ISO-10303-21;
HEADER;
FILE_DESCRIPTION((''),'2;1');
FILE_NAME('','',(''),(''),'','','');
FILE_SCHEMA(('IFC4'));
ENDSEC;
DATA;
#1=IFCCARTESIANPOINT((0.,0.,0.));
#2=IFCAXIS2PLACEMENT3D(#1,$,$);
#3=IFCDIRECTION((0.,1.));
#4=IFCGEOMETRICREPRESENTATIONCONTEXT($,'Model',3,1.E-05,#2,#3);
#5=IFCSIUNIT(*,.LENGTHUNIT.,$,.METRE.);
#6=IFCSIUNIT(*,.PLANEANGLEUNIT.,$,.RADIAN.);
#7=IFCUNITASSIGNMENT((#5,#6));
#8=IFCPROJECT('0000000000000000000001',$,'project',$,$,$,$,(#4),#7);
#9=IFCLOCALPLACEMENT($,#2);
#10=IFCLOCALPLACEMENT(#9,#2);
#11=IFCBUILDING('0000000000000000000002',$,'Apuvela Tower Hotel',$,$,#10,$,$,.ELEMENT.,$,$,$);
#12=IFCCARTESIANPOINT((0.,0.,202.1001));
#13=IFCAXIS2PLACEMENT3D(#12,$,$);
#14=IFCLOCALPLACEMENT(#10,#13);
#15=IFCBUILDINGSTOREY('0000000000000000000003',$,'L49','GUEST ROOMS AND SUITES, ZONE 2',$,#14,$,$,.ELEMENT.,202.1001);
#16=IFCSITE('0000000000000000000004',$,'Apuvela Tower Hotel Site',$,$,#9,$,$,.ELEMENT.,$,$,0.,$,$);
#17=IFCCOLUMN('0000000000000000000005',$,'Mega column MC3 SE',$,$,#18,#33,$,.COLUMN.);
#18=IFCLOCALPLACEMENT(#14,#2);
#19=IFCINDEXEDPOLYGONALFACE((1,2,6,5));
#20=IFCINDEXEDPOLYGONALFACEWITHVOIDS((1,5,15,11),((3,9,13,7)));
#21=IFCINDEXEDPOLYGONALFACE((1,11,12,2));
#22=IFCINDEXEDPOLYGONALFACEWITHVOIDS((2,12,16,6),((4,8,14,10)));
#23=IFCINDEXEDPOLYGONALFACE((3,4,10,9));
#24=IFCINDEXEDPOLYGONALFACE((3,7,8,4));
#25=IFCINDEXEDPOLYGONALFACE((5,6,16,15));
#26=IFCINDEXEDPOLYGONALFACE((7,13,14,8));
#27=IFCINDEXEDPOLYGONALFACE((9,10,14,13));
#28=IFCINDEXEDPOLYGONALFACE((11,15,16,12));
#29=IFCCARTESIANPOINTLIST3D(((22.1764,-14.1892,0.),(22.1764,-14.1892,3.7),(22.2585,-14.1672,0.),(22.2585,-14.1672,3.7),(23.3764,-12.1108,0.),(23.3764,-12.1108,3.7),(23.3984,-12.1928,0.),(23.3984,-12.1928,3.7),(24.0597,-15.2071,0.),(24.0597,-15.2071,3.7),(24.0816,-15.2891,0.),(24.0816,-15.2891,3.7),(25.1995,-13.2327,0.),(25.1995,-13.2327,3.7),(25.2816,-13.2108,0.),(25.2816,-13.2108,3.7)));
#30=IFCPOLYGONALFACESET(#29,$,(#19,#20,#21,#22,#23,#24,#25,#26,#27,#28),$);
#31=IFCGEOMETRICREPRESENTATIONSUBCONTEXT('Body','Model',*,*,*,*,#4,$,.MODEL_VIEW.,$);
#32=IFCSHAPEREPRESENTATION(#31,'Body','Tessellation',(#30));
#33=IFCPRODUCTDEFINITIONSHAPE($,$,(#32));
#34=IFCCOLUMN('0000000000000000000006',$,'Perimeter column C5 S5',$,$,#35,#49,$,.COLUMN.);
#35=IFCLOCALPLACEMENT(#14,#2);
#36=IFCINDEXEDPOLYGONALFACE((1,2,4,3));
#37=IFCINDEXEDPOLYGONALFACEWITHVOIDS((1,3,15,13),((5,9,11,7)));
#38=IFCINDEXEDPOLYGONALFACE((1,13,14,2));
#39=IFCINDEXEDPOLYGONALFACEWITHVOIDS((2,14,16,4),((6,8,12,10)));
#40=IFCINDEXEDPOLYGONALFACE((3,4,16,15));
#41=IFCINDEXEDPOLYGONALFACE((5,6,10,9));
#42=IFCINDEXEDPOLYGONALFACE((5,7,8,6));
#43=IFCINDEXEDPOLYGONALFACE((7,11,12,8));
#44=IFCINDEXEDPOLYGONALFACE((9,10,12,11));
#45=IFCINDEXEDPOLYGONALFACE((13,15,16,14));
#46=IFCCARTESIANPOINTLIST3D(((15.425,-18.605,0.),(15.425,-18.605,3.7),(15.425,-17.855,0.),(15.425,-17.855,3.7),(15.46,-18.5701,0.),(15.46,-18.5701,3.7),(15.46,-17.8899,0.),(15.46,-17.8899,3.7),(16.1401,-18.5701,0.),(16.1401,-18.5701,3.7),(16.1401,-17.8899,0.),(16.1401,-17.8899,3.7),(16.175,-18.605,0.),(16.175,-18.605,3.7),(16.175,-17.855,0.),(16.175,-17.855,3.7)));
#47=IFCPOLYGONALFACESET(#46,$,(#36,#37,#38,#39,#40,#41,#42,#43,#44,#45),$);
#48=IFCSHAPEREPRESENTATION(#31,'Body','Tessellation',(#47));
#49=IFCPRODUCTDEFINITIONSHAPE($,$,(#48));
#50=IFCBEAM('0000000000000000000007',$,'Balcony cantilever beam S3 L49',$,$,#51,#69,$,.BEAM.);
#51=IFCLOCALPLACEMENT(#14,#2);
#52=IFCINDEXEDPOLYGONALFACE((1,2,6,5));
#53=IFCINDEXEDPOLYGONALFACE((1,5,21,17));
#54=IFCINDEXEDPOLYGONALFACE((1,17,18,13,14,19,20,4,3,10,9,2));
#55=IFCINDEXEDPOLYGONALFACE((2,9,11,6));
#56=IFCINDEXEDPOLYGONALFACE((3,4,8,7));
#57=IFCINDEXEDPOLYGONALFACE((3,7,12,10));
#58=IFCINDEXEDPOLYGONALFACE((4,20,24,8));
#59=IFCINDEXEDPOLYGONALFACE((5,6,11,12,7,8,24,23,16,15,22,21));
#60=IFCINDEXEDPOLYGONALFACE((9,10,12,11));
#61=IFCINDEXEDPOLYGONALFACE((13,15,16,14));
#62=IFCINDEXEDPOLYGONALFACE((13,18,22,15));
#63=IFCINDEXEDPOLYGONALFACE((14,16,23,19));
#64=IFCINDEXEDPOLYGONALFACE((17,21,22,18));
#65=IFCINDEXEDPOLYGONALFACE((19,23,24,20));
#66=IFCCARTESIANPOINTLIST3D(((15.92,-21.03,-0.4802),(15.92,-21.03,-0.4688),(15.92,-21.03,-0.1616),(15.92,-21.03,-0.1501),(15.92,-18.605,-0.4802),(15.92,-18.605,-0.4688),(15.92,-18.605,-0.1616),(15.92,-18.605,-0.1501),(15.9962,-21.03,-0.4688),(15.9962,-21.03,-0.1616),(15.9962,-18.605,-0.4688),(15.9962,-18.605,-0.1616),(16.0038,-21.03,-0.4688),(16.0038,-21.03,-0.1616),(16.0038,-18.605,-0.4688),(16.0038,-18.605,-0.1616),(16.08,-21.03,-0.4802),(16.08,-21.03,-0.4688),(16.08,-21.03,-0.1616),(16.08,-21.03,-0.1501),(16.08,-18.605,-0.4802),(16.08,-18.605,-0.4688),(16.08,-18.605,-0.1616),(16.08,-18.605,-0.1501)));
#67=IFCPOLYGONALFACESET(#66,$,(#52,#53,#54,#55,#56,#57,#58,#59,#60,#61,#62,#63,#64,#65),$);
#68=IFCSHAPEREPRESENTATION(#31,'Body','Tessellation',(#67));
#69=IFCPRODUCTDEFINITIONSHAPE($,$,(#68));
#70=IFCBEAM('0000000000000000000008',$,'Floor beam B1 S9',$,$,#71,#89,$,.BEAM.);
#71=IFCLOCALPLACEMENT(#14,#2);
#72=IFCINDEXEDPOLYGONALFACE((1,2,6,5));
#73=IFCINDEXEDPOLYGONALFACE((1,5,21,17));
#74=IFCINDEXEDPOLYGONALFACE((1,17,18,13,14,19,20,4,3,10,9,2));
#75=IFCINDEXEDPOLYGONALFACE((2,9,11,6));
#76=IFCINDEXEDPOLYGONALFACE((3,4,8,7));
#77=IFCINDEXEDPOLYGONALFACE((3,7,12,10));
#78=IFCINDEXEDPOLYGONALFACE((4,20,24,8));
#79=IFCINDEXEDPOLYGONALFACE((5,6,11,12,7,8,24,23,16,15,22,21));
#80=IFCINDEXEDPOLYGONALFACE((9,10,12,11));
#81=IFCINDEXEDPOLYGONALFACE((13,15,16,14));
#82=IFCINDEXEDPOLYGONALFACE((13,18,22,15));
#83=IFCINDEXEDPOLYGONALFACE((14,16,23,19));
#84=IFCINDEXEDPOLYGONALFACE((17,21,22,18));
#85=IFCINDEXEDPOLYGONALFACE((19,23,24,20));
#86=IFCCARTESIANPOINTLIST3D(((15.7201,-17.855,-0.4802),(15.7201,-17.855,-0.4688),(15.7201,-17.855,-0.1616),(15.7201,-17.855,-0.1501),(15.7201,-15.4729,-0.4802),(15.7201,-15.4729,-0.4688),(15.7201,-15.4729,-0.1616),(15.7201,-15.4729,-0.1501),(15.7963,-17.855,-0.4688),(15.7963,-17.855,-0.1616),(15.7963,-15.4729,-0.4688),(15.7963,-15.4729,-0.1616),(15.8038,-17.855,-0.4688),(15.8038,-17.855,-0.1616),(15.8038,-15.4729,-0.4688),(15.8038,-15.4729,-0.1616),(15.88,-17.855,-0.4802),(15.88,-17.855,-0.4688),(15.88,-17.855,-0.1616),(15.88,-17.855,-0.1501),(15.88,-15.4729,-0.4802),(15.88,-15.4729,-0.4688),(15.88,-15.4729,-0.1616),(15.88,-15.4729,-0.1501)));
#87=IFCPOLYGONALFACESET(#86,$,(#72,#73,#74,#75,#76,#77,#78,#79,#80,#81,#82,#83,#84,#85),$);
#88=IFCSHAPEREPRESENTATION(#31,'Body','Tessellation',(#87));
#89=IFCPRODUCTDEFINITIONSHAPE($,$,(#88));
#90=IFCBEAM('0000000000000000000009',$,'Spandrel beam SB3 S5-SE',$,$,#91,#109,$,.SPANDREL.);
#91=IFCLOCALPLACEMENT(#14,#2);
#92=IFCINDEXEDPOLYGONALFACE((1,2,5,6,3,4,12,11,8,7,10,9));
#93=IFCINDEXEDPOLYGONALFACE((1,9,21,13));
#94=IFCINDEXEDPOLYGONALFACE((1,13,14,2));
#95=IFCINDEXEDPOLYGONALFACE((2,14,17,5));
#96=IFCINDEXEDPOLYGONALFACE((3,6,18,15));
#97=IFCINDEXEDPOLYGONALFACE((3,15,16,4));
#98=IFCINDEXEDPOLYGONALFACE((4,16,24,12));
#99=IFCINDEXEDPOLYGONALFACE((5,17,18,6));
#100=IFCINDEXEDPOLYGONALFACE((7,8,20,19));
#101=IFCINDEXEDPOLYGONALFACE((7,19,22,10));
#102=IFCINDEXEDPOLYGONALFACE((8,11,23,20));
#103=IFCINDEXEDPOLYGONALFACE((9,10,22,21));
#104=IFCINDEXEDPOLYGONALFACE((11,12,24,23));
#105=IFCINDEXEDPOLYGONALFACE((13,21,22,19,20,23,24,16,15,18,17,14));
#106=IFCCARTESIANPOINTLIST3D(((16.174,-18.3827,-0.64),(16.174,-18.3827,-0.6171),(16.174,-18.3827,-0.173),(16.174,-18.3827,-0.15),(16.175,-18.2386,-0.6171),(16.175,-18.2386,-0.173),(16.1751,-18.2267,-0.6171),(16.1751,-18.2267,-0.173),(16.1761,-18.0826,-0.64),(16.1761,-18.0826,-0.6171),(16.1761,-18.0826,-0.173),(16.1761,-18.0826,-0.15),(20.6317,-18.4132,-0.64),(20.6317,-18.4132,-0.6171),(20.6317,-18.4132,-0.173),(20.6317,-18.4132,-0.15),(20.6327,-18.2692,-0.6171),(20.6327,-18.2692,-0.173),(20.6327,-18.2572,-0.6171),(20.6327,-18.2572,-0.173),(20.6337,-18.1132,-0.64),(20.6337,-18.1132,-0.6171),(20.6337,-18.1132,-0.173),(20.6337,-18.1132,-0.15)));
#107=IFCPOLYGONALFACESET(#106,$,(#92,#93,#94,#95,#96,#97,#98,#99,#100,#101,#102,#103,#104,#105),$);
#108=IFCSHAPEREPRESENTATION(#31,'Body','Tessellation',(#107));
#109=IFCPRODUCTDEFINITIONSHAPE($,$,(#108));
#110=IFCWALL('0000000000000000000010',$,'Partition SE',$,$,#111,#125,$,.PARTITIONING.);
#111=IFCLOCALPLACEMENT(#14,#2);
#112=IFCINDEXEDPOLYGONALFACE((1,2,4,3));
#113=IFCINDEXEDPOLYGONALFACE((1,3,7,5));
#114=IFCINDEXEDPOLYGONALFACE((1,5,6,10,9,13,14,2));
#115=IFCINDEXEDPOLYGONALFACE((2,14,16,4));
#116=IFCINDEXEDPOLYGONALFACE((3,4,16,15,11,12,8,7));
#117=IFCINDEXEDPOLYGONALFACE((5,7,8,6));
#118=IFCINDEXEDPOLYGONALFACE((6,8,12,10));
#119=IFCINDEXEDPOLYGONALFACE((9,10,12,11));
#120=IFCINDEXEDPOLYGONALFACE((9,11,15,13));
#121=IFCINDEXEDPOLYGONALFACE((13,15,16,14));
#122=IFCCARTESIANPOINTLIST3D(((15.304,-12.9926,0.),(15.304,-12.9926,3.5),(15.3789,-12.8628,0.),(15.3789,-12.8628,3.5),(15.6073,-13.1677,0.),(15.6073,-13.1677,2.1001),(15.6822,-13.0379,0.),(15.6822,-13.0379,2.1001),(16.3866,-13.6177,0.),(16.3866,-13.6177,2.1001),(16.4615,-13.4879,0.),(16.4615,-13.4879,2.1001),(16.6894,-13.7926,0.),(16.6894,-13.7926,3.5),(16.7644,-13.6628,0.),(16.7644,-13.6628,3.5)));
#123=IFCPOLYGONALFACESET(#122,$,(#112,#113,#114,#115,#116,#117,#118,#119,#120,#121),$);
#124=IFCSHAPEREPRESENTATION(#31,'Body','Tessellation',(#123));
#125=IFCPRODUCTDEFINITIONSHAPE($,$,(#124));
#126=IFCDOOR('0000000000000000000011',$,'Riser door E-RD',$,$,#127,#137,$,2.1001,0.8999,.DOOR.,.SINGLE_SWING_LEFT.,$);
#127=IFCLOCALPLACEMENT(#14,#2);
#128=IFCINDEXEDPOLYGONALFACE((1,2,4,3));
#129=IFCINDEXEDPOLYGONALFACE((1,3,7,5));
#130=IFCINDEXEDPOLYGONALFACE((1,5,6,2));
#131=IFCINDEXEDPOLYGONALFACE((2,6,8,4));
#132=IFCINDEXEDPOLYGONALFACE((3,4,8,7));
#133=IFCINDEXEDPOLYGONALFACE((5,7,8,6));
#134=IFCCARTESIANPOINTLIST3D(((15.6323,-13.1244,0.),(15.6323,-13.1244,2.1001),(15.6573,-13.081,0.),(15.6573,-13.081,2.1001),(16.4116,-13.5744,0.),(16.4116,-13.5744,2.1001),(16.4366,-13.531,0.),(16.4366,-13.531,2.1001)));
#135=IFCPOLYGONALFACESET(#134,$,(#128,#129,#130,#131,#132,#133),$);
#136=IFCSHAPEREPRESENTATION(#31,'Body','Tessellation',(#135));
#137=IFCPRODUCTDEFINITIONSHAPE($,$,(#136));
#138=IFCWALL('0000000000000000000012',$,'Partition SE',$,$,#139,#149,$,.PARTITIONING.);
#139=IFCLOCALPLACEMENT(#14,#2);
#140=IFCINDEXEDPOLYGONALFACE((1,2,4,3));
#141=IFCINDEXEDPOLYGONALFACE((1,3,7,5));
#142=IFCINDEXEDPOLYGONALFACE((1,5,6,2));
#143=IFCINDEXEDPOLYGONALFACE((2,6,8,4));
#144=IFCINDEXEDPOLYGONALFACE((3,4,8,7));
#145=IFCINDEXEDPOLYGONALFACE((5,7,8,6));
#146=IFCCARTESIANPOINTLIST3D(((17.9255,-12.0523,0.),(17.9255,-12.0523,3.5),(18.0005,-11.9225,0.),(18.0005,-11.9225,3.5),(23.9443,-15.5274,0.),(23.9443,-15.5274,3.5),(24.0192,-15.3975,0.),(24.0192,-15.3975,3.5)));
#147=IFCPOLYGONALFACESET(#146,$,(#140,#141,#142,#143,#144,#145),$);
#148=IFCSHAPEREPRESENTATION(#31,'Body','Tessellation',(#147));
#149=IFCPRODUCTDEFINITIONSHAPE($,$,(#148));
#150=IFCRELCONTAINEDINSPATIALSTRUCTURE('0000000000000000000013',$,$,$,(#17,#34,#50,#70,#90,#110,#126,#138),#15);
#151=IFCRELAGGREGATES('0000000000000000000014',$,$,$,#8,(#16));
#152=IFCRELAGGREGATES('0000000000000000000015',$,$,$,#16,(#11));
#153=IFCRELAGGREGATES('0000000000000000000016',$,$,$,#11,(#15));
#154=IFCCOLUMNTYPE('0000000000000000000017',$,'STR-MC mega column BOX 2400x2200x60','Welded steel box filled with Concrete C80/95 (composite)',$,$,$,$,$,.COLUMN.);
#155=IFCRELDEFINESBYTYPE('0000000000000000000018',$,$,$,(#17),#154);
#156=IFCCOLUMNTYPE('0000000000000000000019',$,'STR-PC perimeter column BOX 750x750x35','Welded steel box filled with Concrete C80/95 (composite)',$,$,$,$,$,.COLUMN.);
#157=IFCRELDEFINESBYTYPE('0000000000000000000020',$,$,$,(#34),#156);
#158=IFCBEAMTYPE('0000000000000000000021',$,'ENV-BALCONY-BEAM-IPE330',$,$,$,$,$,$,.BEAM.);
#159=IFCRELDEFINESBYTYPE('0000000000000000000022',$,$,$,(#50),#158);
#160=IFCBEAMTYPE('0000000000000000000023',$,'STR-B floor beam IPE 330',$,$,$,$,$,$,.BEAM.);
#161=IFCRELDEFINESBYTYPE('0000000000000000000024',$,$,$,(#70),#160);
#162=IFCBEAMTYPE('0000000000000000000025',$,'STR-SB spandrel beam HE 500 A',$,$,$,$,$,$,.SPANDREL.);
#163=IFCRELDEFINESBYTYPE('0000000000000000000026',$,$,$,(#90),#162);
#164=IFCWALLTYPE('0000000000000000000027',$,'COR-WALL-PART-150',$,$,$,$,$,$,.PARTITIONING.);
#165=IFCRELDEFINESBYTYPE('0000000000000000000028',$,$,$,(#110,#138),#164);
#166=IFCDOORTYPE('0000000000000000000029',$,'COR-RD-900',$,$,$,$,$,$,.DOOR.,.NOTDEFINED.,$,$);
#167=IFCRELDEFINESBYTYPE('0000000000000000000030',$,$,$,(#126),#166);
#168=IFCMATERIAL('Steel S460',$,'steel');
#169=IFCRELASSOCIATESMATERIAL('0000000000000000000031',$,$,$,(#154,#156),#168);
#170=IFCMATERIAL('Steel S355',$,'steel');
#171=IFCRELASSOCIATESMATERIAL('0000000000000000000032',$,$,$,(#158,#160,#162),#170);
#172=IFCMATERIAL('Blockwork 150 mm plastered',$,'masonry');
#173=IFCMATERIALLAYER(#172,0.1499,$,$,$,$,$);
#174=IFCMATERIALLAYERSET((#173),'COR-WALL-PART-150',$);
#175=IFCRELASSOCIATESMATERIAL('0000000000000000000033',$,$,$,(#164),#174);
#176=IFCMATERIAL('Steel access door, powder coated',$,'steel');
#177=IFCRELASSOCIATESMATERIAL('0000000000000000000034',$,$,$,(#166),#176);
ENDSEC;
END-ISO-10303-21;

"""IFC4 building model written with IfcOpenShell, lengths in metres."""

from ifc_helpers import new_model, si_unit, direction, frame, frame_2d, origin, origin_2d, place, context, subcontext, project, spatial, rectangle, hollow_rectangle, i_section, extrude, material, layer, layer_set, material_profile, profile_set, type_object, element, fill, save


model = new_model("IFC4")

# Units and contexts
model_context = context("Model", 3, precision=1e-05, world=origin(), true_north=direction((0.0, 1.0)))
body_context = subcontext(model_context, "Body", "Model", "MODEL_VIEW")
ifc_project = project(units=[si_unit("LENGTHUNIT", "METRE"), si_unit("PLANEANGLEUNIT", "RADIAN")], contexts=[model_context])

# Site, building, storey
site_placement = place(None, origin())
site = spatial("IfcSite", under=ifc_project, at=site_placement, Name="Apuvela Tower Hotel Site", CompositionType="ELEMENT", RefElevation=0.0)
building_placement = place(site_placement, origin())
building = spatial("IfcBuilding", under=site, at=building_placement, Name="Apuvela Tower Hotel", CompositionType="ELEMENT")
storey_placement = place(building_placement, frame((0.0, 0.0, 202.1001)))
storey = spatial("IfcBuildingStorey", under=building, at=storey_placement, Name="L49", Description="GUEST ROOMS AND SUITES, ZONE 2", CompositionType="ELEMENT", Elevation=202.1001)

# Columns
ifc_material_1 = material(Name="Steel S460", Category="steel")
ifc_material_profile_1 = material_profile(ifc_material_1, hollow_rectangle(XDim=2.3999, YDim=2.2, WallThickness=0.0601, at=origin_2d()), Name="BOX 2400x2200x60")
ifc_material_2 = material(Name="Concrete C80/95", Category="concrete")
ifc_material_profile_2 = material_profile(ifc_material_2, rectangle(XDim=2.28, YDim=2.0801, at=origin_2d()), Name="Concrete C80/95 infill")
ifc_profile_set_1 = profile_set([ifc_material_profile_1, ifc_material_profile_2], Name="Steel S460")
column_type_1 = type_object("IfcColumnType", Name="STR-MC mega column BOX 2400x2200x60", Description="Welded steel box filled with Concrete C80/95 (composite)", PredefinedType="COLUMN", material=ifc_profile_set_1)
column_1_placement = place(storey_placement, frame((23.729, -13.7, 0.0), z_axis=(0.0, 0.0, 1.0), x_axis=(0.5, 0.866025, 0.0)))
element("IfcColumn", 1, at=column_1_placement, inside=storey, type_object=column_type_1, Name="Mega column MC3 SE", PredefinedType="COLUMN", context=body_context, shape_type="SweptSolid", body=[
    extrude(hollow_rectangle(XDim=2.3999, YDim=2.2, WallThickness=0.0601, at=origin_2d()), origin(), (0.0, 0.0, 1.0), 3.7),
])
ifc_material_profile_3 = material_profile(ifc_material_1, hollow_rectangle(XDim=0.75, YDim=0.75, WallThickness=0.0349, at=origin_2d()), Name="BOX 750x750x35")
ifc_material_profile_4 = material_profile(ifc_material_2, rectangle(XDim=0.6799, YDim=0.6799, at=origin_2d()), Name="Concrete C80/95 infill")
ifc_profile_set_2 = profile_set([ifc_material_profile_3, ifc_material_profile_4], Name="Steel S460")
column_type_2 = type_object("IfcColumnType", Name="STR-PC perimeter column BOX 750x750x35", Description="Welded steel box filled with Concrete C80/95 (composite)", PredefinedType="COLUMN", material=ifc_profile_set_2)
column_2_placement = place(storey_placement, frame((15.8, -18.23, 0.0), z_axis=(0.0, 0.0, 1.0), x_axis=(-1.0, 0.0, 0.0)))
element("IfcColumn", 2, at=column_2_placement, inside=storey, type_object=column_type_2, Name="Perimeter column C5 S5", PredefinedType="COLUMN", context=body_context, shape_type="SweptSolid", body=[
    extrude(hollow_rectangle(XDim=0.75, YDim=0.75, WallThickness=0.0349, at=origin_2d()), origin(), (0.0, 0.0, 1.0), 3.7),
])

# Beams
ifc_material_3 = material(Name="Steel S355", Category="steel")
ifc_material_profile_5 = material_profile(ifc_material_3, i_section(OverallWidth=0.1599, OverallDepth=0.3301, WebThickness=0.0076, FlangeThickness=0.0115, at=origin_2d()), Name="IPE 330")
ifc_profile_set_3 = profile_set([ifc_material_profile_5], Name="Steel S355")
beam_type_1 = type_object("IfcBeamType", Name="ENV-BALCONY-BEAM-IPE330", PredefinedType="BEAM", material=ifc_profile_set_3)
beam_1_placement = place(storey_placement, frame((16.0, -18.605, -0.3152), z_axis=(0.0, -1.0, 0.0), x_axis=(1.0, 0.0, 0.0)))
element("IfcBeam", 3, at=beam_1_placement, inside=storey, type_object=beam_type_1, Name="Balcony cantilever beam S3 L49", PredefinedType="BEAM", context=body_context, shape_type="SweptSolid", body=[
    extrude(i_section(OverallWidth=0.1599, OverallDepth=0.3301, WebThickness=0.0076, FlangeThickness=0.0115, at=origin_2d()), origin(), (0.0, 0.0, 1.0), 2.425),
])
ifc_material_profile_6 = material_profile(ifc_material_3, i_section(OverallWidth=0.1599, OverallDepth=0.3301, WebThickness=0.0076, FlangeThickness=0.0115, at=origin_2d()), Name="IPE 330")
ifc_profile_set_4 = profile_set([ifc_material_profile_6], Name="Steel S355")
beam_type_2 = type_object("IfcBeamType", Name="STR-B floor beam IPE 330", PredefinedType="BEAM", material=ifc_profile_set_4)
beam_2_placement = place(storey_placement, frame((15.8, -17.855, -0.3152), z_axis=(0.0, 1.0, 0.0), x_axis=(-1.0, 0.0, 0.0)))
element("IfcBeam", 4, at=beam_2_placement, inside=storey, type_object=beam_type_2, Name="Floor beam B1 S9", PredefinedType="BEAM", context=body_context, shape_type="SweptSolid", body=[
    extrude(i_section(OverallWidth=0.1599, OverallDepth=0.3301, WebThickness=0.0076, FlangeThickness=0.0115, at=origin_2d()), origin(), (0.0, 0.0, 1.0), 2.3821),
])
ifc_material_profile_7 = material_profile(ifc_material_3, i_section(OverallWidth=0.3, OverallDepth=0.49, WebThickness=0.012, FlangeThickness=0.0229, at=origin_2d()), Name="HE 500 A")
ifc_profile_set_5 = profile_set([ifc_material_profile_7], Name="Steel S355")
beam_type_3 = type_object("IfcBeamType", Name="STR-SB spandrel beam HE 500 A", PredefinedType="SPANDREL", material=ifc_profile_set_5)
beam_3_placement = place(storey_placement, frame((16.175, -18.2327, -0.395), z_axis=(0.999977, -0.006846, 0.0), x_axis=(0.006846, 0.999977, 0.0)))
element("IfcBeam", 5, at=beam_3_placement, inside=storey, type_object=beam_type_3, Name="Spandrel beam SB3 S5-SE", PredefinedType="SPANDREL", context=body_context, shape_type="SweptSolid", body=[
    extrude(i_section(OverallWidth=0.3, OverallDepth=0.49, WebThickness=0.012, FlangeThickness=0.0229, at=origin_2d()), origin(), (0.0, 0.0, 1.0), 4.4578),
])

# Wall, opening, door
ifc_material_4 = material(Name="Blockwork 150 mm plastered", Category="masonry")
ifc_layer_1 = layer(ifc_material_4, 0.1499)
ifc_layer_set_1 = layer_set([ifc_layer_1], Name="COR-WALL-PART-150")
wall_type_1 = type_object("IfcWallType", Name="COR-WALL-PART-150", PredefinedType="PARTITIONING", material=ifc_layer_set_1)
wall_1_placement = place(storey_placement, frame((15.3416, -12.9277, 0.0), z_axis=(0.0, 0.0, 1.0), x_axis=(0.86599, -0.500061, 0.0)))
wall_1 = element("IfcWall", 6, at=wall_1_placement, inside=storey, type_object=wall_type_1, Name="Partition SE", PredefinedType="PARTITIONING", context=body_context, shape_type="SweptSolid", body=[
    extrude(rectangle(XDim=1.5999, YDim=0.1499, at=frame_2d((0.7998, 0.0))), origin(), (0.0, 0.0, 1.0), 3.5),
])
opening_1_placement = place(wall_1_placement, frame((0.3501, 0.0, 0.0)))
opening_1 = element("IfcOpeningElement", 7, at=opening_1_placement, cuts=wall_1, PredefinedType="OPENING", context=body_context, shape_type="SweptSolid", body=[
    extrude(rectangle(XDim=0.8999, YDim=2.1001, at=frame_2d((0.45, 1.05))), frame((0.0, 0.085, 0.0), z_axis=(0.0, -1.0, 0.0), x_axis=(1.0, 0.0, 0.0)), (0.0, 0.0, 1.0), 0.1699),
])
ifc_material_5 = material(Name="Steel access door, powder coated", Category="steel")
door_type_1 = type_object("IfcDoorType", Name="COR-RD-900", OperationType="NOTDEFINED", PredefinedType="DOOR", material=ifc_material_5)
door_1_placement = place(opening_1_placement, frame((0.8999, 0.0, 0.0), z_axis=(0.0, 0.0, 1.0), x_axis=(-1.0, 0.0, 0.0)))
door_1 = element("IfcDoor", 8, at=door_1_placement, inside=storey, type_object=door_type_1, Name="Riser door E-RD", OperationType="SINGLE_SWING_LEFT", OverallHeight=2.1001, OverallWidth=0.8999, PredefinedType="DOOR", context=body_context, shape_type="SweptSolid", body=[
    extrude(rectangle(XDim=0.8999, YDim=2.1001, at=frame_2d((0.45, 1.05))), frame((0.0, 0.0249, 0.0), z_axis=(0.0, -1.0, 0.0), x_axis=(1.0, 0.0, 0.0)), (0.0, 0.0, 1.0), 0.05),
])
fill(opening_1, door_1)

# Wall
wall_2_placement = place(storey_placement, frame((17.9629, -11.9873, 0.0), z_axis=(0.0, 0.0, 1.0), x_axis=(0.866017, -0.500015, 0.0)))
element("IfcWall", 9, at=wall_2_placement, inside=storey, type_object=wall_type_1, Name="Partition SE", PredefinedType="PARTITIONING", context=body_context, shape_type="SweptSolid", body=[
    extrude(rectangle(XDim=6.95, YDim=0.1499, at=frame_2d((3.4751, 0.0))), origin(), (0.0, 0.0, 1.0), 3.5),
])

save(model, "model.ifc")
